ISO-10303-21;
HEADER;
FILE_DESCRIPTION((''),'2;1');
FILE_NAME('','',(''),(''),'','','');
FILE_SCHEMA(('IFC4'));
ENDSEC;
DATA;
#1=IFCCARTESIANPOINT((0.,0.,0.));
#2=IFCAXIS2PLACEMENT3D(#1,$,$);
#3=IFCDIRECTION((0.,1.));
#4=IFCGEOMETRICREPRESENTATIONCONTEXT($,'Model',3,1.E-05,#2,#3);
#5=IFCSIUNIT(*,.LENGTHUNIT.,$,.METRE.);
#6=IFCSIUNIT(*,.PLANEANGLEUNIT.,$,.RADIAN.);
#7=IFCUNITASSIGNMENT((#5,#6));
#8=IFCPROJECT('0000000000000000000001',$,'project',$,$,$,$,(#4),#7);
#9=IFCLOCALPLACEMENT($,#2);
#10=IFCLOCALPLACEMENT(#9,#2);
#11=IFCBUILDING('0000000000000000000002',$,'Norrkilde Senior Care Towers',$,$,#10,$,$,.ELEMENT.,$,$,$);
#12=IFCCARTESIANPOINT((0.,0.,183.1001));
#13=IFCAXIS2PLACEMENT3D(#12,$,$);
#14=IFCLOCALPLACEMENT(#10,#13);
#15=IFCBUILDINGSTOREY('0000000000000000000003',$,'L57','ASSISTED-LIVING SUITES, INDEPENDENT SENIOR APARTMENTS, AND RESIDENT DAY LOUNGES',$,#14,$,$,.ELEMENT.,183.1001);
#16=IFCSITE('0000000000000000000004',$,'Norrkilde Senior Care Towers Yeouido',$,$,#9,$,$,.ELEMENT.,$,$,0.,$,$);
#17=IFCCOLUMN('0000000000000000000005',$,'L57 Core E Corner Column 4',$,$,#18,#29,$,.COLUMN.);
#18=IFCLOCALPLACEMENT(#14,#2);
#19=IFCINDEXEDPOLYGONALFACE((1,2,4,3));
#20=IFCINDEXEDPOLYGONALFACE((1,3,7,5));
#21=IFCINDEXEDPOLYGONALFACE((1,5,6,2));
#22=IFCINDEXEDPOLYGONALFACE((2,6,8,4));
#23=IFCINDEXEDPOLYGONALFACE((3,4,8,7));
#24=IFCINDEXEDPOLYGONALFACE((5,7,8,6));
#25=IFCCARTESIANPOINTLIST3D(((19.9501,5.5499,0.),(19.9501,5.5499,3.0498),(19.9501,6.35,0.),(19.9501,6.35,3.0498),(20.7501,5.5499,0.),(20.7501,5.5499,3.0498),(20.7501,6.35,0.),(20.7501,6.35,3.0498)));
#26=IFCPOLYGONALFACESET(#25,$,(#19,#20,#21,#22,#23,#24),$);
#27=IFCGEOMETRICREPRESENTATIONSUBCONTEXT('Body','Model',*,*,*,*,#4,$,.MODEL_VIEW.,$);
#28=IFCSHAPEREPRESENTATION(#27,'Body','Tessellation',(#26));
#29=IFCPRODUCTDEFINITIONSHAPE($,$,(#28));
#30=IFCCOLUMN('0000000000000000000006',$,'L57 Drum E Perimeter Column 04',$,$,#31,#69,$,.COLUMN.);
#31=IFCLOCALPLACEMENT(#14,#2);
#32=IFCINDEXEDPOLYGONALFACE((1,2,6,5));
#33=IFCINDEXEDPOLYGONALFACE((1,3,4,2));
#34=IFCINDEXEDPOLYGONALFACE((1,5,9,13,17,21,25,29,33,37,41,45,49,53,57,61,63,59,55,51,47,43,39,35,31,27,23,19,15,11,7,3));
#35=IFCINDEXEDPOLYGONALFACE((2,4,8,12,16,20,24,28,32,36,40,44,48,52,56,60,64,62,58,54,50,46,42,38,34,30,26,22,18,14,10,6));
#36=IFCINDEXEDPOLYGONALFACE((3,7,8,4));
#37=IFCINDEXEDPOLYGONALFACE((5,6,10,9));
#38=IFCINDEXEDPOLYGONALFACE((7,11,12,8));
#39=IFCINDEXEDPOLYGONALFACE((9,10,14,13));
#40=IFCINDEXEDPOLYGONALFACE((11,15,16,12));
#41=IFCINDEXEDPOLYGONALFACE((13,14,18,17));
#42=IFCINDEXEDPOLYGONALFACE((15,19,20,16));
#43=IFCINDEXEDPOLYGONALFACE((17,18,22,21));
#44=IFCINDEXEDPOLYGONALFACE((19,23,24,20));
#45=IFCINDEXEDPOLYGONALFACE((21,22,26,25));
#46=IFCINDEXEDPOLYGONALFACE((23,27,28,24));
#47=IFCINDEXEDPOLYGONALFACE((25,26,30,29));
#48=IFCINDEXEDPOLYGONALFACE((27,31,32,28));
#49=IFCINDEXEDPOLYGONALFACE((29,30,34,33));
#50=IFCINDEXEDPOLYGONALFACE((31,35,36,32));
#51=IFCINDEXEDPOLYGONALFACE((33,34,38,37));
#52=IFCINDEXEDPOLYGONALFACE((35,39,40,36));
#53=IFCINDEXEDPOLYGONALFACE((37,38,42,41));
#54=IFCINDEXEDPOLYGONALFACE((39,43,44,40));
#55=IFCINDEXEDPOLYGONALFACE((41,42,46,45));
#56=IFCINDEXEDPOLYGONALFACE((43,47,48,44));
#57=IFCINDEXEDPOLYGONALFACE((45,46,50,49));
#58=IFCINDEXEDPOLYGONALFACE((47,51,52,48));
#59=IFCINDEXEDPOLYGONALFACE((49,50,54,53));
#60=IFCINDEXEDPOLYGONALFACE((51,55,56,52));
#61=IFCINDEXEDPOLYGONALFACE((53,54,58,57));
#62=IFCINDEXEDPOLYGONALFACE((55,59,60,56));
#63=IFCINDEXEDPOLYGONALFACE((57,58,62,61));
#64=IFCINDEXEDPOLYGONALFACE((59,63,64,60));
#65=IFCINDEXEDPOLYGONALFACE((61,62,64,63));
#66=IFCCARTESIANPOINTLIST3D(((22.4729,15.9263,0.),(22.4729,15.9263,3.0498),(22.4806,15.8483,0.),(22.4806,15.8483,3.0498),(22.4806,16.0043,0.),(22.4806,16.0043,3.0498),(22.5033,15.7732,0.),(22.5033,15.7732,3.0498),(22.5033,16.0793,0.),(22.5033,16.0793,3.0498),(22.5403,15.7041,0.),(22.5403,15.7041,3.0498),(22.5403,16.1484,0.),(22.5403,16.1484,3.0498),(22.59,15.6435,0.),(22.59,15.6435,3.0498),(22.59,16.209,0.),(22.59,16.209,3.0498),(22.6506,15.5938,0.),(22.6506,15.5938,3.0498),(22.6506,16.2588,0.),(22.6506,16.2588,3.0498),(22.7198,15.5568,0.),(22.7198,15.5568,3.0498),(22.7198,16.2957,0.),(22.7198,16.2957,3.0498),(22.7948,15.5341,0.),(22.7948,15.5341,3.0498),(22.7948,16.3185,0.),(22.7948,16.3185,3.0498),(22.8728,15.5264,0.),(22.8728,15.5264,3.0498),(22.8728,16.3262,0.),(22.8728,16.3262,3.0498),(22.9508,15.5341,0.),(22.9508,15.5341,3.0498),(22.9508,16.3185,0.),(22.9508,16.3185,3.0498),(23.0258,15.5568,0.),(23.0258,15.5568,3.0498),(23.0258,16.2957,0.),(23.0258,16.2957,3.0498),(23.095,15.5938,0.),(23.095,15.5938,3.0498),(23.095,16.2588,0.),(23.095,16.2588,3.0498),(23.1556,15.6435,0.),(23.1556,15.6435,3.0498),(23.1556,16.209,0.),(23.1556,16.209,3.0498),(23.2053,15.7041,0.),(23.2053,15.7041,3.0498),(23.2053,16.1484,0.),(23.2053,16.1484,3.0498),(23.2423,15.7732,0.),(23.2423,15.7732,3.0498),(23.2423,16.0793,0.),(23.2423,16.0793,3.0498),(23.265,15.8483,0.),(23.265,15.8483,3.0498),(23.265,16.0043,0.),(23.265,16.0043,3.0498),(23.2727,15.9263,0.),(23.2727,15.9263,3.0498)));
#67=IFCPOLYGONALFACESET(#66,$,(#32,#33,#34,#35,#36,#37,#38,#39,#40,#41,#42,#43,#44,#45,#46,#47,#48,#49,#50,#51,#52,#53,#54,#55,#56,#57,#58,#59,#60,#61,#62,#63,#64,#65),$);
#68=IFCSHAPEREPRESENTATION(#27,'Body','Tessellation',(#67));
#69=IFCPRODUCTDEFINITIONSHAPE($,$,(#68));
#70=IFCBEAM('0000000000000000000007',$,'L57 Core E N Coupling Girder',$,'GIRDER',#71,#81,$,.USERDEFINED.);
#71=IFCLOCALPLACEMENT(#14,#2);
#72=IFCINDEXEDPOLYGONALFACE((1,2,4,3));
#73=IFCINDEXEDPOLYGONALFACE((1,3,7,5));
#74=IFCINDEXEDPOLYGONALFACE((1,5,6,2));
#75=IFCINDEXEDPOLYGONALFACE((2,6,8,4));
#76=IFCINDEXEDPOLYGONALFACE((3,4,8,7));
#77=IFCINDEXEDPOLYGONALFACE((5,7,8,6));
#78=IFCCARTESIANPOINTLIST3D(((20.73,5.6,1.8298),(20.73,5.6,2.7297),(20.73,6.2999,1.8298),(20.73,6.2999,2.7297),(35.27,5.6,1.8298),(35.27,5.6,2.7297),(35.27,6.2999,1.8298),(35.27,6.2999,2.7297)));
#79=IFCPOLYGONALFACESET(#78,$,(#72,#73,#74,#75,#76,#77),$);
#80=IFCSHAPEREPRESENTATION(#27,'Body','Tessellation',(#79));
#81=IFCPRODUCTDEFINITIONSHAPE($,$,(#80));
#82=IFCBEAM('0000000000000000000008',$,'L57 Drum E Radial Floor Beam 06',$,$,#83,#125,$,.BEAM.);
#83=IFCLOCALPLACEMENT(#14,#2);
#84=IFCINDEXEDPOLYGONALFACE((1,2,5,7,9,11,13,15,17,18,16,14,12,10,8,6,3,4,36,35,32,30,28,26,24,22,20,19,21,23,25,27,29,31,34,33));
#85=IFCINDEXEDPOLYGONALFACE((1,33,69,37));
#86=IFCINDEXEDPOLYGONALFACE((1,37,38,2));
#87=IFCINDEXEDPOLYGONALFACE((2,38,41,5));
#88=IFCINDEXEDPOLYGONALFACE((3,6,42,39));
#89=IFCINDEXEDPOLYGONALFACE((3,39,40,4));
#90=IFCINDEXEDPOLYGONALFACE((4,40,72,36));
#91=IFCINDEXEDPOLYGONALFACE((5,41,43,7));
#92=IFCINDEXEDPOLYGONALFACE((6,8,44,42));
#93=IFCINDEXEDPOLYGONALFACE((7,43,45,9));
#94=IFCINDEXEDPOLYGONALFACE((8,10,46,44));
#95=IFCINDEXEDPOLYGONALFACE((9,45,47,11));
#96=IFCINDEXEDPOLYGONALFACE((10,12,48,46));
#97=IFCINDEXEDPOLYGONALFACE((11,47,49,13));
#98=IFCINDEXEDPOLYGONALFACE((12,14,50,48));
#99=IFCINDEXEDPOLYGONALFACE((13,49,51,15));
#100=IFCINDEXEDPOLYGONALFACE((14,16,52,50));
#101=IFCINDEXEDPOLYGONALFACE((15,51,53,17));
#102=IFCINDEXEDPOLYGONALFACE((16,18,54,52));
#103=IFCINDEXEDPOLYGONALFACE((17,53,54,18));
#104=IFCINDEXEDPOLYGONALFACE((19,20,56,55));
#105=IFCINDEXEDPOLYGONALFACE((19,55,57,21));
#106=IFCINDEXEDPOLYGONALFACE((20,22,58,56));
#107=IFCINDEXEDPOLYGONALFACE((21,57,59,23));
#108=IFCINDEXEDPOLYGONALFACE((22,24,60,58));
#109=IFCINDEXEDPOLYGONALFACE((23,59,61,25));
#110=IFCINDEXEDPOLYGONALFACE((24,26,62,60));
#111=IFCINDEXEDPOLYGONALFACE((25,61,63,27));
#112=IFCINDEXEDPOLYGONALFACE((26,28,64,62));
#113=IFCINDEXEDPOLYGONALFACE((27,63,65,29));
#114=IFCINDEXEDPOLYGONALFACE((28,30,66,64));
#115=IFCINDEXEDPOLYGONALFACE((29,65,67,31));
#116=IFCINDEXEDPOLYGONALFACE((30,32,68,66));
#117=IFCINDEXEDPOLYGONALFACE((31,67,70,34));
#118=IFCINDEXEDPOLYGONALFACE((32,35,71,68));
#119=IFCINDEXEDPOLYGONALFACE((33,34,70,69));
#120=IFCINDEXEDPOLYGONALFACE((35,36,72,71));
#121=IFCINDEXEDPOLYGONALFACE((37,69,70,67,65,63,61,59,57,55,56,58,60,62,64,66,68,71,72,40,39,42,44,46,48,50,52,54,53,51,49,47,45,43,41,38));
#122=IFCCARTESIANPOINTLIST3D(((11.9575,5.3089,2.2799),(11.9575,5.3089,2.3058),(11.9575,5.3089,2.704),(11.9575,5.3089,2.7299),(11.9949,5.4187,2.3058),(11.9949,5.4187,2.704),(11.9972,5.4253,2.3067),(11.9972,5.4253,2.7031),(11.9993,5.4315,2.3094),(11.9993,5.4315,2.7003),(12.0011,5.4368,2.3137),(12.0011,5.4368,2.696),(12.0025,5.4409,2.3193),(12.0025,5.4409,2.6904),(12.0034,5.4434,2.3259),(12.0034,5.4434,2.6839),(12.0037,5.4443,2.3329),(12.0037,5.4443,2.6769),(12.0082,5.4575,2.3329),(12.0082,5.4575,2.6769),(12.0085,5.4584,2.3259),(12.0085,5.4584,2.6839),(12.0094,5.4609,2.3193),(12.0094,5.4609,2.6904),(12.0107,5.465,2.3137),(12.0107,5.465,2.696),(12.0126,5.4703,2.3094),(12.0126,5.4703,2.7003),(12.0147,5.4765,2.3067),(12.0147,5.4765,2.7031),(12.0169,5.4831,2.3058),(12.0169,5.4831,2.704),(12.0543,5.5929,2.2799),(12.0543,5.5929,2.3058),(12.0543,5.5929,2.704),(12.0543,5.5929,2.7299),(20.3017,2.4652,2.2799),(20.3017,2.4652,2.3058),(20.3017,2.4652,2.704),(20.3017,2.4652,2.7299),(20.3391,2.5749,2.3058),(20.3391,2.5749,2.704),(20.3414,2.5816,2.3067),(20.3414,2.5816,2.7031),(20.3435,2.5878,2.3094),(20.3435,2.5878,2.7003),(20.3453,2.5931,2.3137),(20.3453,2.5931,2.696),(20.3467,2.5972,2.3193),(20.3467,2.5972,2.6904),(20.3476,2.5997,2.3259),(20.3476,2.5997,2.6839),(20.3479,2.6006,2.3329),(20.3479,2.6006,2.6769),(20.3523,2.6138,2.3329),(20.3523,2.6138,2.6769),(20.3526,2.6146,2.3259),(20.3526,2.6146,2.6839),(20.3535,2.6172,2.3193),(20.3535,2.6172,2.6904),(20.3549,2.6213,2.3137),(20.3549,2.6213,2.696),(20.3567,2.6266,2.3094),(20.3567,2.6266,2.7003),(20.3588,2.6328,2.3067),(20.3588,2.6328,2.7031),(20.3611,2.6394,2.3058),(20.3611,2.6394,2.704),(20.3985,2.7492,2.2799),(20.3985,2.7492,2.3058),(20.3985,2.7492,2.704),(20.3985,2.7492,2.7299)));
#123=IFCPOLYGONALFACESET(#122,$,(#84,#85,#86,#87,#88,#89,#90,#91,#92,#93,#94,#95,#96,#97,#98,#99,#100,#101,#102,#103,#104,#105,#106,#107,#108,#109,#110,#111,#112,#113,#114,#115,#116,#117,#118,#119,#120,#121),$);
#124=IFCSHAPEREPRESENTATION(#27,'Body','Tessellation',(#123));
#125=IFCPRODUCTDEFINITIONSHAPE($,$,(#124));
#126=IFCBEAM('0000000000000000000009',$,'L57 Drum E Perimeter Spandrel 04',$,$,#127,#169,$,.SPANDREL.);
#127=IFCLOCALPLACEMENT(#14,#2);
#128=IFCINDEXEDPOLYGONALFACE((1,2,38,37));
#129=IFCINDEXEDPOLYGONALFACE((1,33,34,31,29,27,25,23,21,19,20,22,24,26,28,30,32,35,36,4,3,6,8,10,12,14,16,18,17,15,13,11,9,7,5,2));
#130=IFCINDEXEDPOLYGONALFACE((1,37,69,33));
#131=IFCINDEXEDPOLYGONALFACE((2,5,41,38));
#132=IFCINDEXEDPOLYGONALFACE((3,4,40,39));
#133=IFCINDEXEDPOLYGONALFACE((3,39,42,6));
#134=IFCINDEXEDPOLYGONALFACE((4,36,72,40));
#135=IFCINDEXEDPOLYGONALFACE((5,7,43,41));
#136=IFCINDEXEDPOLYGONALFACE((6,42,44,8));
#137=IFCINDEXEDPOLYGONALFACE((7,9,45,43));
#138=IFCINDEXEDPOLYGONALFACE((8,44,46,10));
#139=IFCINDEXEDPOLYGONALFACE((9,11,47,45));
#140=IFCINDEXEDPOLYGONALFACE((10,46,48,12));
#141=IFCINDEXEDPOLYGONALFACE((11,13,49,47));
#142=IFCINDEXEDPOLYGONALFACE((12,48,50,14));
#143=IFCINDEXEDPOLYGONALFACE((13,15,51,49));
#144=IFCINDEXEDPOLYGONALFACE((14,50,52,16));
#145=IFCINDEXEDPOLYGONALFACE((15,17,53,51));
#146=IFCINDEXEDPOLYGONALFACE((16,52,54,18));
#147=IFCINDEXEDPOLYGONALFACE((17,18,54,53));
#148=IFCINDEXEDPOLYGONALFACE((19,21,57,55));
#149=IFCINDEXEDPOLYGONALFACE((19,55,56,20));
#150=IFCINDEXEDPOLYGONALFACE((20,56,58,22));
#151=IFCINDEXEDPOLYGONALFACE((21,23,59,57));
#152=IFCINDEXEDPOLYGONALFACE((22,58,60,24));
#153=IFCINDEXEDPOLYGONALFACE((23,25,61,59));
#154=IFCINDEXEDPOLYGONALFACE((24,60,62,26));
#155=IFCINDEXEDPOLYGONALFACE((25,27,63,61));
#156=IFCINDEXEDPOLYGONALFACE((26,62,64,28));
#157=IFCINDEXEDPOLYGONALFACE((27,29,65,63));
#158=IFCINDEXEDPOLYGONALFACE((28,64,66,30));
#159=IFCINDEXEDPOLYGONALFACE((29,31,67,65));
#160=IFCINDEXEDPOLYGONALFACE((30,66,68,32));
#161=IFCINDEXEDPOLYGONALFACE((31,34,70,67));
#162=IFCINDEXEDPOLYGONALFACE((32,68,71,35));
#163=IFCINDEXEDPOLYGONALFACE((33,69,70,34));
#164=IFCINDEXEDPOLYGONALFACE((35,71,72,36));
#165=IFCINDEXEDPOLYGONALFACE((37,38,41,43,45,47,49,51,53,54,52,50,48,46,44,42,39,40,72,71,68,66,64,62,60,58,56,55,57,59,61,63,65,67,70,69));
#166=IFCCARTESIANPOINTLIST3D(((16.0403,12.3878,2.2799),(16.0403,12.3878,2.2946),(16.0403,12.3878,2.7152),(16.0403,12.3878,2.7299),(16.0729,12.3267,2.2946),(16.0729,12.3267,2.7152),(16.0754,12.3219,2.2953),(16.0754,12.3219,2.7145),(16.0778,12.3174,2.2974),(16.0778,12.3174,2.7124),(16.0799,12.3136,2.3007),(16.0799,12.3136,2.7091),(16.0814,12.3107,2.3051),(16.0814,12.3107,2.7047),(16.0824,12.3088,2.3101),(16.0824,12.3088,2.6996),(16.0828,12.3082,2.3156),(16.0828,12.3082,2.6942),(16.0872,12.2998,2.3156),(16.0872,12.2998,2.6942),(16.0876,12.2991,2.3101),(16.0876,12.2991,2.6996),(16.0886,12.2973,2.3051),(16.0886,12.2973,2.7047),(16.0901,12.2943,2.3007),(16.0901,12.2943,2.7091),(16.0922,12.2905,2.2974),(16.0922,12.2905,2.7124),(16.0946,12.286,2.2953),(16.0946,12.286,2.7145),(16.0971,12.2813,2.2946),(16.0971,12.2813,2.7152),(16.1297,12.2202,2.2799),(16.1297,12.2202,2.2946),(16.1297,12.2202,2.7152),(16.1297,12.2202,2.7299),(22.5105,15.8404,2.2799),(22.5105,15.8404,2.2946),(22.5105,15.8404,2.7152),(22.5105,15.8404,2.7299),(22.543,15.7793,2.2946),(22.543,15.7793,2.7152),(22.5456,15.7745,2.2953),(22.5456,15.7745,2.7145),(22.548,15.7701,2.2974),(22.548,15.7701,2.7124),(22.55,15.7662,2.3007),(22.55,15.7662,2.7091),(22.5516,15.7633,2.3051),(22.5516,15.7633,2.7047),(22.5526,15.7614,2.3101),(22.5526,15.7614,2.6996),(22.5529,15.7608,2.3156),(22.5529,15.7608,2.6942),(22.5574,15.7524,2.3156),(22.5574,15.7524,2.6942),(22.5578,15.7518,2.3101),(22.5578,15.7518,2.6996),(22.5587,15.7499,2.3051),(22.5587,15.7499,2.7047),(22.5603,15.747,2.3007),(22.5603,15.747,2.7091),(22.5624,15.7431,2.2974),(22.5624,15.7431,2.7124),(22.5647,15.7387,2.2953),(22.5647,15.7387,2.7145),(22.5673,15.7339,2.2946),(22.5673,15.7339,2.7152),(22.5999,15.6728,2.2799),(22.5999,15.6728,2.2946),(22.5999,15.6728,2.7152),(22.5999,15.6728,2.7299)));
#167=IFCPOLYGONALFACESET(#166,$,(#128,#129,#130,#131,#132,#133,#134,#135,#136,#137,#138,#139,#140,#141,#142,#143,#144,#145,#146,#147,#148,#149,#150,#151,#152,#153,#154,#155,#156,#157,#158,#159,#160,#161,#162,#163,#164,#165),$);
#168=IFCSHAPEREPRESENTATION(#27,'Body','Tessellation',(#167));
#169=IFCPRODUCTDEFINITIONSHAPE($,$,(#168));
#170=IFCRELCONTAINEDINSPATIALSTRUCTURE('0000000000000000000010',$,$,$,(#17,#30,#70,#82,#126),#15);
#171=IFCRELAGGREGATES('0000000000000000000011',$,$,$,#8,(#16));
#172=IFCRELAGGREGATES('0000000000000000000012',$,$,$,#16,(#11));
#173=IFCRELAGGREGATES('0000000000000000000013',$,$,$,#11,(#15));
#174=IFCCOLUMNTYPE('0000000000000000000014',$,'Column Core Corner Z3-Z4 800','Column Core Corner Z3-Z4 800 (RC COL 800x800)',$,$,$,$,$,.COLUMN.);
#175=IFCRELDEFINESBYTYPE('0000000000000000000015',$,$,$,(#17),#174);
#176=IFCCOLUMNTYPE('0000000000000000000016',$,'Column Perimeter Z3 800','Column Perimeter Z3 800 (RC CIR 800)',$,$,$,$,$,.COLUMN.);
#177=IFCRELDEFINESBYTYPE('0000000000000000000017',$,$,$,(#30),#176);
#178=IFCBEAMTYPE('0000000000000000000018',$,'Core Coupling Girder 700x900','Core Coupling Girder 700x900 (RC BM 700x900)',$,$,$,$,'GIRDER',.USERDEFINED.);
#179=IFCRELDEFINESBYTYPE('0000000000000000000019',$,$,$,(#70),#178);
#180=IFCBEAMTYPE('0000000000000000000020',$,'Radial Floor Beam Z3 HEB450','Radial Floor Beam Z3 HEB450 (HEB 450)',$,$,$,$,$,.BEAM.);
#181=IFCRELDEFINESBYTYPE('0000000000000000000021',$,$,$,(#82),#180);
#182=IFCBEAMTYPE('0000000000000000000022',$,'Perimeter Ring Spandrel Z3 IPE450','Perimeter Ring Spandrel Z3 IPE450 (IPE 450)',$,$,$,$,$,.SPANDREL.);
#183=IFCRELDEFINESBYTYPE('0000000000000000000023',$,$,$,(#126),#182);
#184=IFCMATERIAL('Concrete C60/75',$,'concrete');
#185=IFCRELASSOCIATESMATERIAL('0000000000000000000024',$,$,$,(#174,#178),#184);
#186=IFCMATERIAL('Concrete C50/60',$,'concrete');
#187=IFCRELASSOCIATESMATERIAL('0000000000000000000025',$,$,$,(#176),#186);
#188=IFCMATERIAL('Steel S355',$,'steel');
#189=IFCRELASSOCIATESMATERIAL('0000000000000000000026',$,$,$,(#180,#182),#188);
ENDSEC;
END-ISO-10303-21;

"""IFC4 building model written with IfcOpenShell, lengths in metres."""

from ifc_helpers import new_model, si_unit, direction, frame, origin, origin_2d, place, context, subcontext, project, spatial, rectangle, circle, i_section, extrude, source, transform, mapped, material, material_profile, profile_set, type_object, type_shapes, element, save


model = new_model("IFC4")

# Units and contexts
model_context = context("Model", 3, precision=1e-05, world=origin(), true_north=direction((0.0, 1.0)))
body_context = subcontext(model_context, "Body", "Model", "MODEL_VIEW")
ifc_project = project(units=[si_unit("LENGTHUNIT", "METRE"), si_unit("PLANEANGLEUNIT", "RADIAN")], contexts=[model_context])

# Site, building, storey
site_placement = place(None, origin())
site = spatial("IfcSite", under=ifc_project, at=site_placement, Name="Norrkilde Senior Care Towers Yeouido", CompositionType="ELEMENT", RefElevation=0.0)
building_placement = place(site_placement, origin())
building = spatial("IfcBuilding", under=site, at=building_placement, Name="Norrkilde Senior Care Towers", CompositionType="ELEMENT")
storey_placement = place(building_placement, frame((0.0, 0.0, 183.1001)))
storey = spatial("IfcBuildingStorey", under=building, at=storey_placement, Name="L57", Description="ASSISTED-LIVING SUITES, INDEPENDENT SENIOR APARTMENTS, AND RESIDENT DAY LOUNGES", CompositionType="ELEMENT", Elevation=183.1001)

# Columns
ifc_material_1 = material(Name="Concrete C60/75", Category="concrete")
ifc_material_profile_1 = material_profile(ifc_material_1, rectangle(XDim=0.8, YDim=0.8, at=origin_2d()), Name="RC COL 800x800")
ifc_profile_set_1 = profile_set([ifc_material_profile_1], Name="Concrete C60/75")
column_type_1 = type_object("IfcColumnType", Name="Column Core Corner Z3-Z4 800", Description="Column Core Corner Z3-Z4 800 (RC COL 800x800)", PredefinedType="COLUMN", material=ifc_profile_set_1)
shared_shape_1 = source(origin(), body_context, "Body", "SweptSolid", [
    extrude(rectangle(XDim=0.8, YDim=0.8, at=origin_2d()), origin(), (0.0, 0.0, 1.0), 3.0498),
])
type_shapes(column_type_1, [shared_shape_1])
column_1_placement = place(storey_placement, frame((20.3501, 5.95, 0.0), z_axis=(0.0, 0.0, 1.0), x_axis=(1.0, 0.0, 0.0)))
element("IfcColumn", 1, at=column_1_placement, inside=storey, type_object=column_type_1, Name="L57 Core E Corner Column 4", PredefinedType="COLUMN", context=body_context, shape_type="MappedRepresentation", body=[
    mapped(shared_shape_1, transform((0.0, 0.0, 0.0), x_axis=(1.0, 0.0, 0.0), y_axis=(0.0, 1.0, 0.0), z_axis=(0.0, 0.0, 1.0), scale=1.0)),
])
ifc_material_2 = material(Name="Concrete C50/60", Category="concrete")
ifc_material_profile_2 = material_profile(ifc_material_2, circle(Radius=0.3999, at=origin_2d()), Name="RC CIR 800")
ifc_profile_set_2 = profile_set([ifc_material_profile_2], Name="Concrete C50/60")
column_type_2 = type_object("IfcColumnType", Name="Column Perimeter Z3 800", Description="Column Perimeter Z3 800 (RC CIR 800)", PredefinedType="COLUMN", material=ifc_profile_set_2)
shared_shape_2 = source(origin(), body_context, "Body", "SweptSolid", [
    extrude(circle(Radius=0.3999, at=origin_2d()), origin(), (0.0, 0.0, 1.0), 3.0498),
])
type_shapes(column_type_2, [shared_shape_2])
column_2_placement = place(storey_placement, frame((22.8728, 15.9263, 0.0), z_axis=(0.0, 0.0, 1.0), x_axis=(1.0, 0.0, 0.0)))
element("IfcColumn", 2, at=column_2_placement, inside=storey, type_object=column_type_2, Name="L57 Drum E Perimeter Column 04", PredefinedType="COLUMN", context=body_context, shape_type="MappedRepresentation", body=[
    mapped(shared_shape_2, transform((0.0, 0.0, 0.0), x_axis=(1.0, 0.0, 0.0), y_axis=(0.0, 1.0, 0.0), z_axis=(0.0, 0.0, 1.0), scale=1.0)),
])

# Beams
ifc_material_profile_3 = material_profile(ifc_material_1, rectangle(XDim=0.7, YDim=0.8999, at=origin_2d()), Name="RC BM 700x900")
ifc_profile_set_3 = profile_set([ifc_material_profile_3], Name="Concrete C60/75")
beam_type_1 = type_object("IfcBeamType", Name="Core Coupling Girder 700x900", Description="Core Coupling Girder 700x900 (RC BM 700x900)", ElementType="GIRDER", PredefinedType="USERDEFINED", material=ifc_profile_set_3)
shared_shape_3 = source(origin(), body_context, "Body", "SweptSolid", [
    extrude(rectangle(XDim=0.7, YDim=0.8999, at=origin_2d()), origin(), (0.0, 0.0, 1.0), 14.54),
])
type_shapes(beam_type_1, [shared_shape_3])
beam_1_placement = place(storey_placement, frame((20.73, 5.95, 2.2798), z_axis=(1.0, 0.0, 0.0), x_axis=(0.0, 1.0, 0.0)))
element("IfcBeam", 3, at=beam_1_placement, inside=storey, type_object=beam_type_1, Name="L57 Core E N Coupling Girder", ObjectType="GIRDER", PredefinedType="USERDEFINED", context=body_context, shape_type="MappedRepresentation", body=[
    mapped(shared_shape_3, transform((0.0, 0.0, 0.0), x_axis=(1.0, 0.0, 0.0), y_axis=(0.0, 1.0, 0.0), z_axis=(0.0, 0.0, 1.0), scale=1.0)),
])
ifc_material_3 = material(Name="Steel S355", Category="steel")
ifc_material_profile_4 = material_profile(ifc_material_3, i_section(OverallWidth=0.3, OverallDepth=0.45, WebThickness=0.0139, FlangeThickness=0.0259, FilletRadius=0.0271, at=origin_2d()), Name="HEB 450")
ifc_profile_set_4 = profile_set([ifc_material_profile_4], Name="Steel S355")
beam_type_2 = type_object("IfcBeamType", Name="Radial Floor Beam Z3 HEB450", Description="Radial Floor Beam Z3 HEB450 (HEB 450)", PredefinedType="BEAM", material=ifc_profile_set_4)
shared_shape_4 = source(origin(), body_context, "Body", "SweptSolid", [
    extrude(i_section(OverallWidth=0.3, OverallDepth=0.45, WebThickness=0.0139, FlangeThickness=0.0259, FilletRadius=0.0271, at=origin_2d()), origin(), (0.0, 0.0, 1.0), 8.8154),
])
beam_2_placement = place(storey_placement, frame((20.3501, 2.6072, 2.5049), z_axis=(-0.946541, 0.322585, 0.0), x_axis=(-0.322585, -0.946541, 0.0)))
element("IfcBeam", 4, at=beam_2_placement, inside=storey, type_object=beam_type_2, Name="L57 Drum E Radial Floor Beam 06", PredefinedType="BEAM", context=body_context, shape_type="MappedRepresentation", body=[
    mapped(shared_shape_4, transform((0.0, 0.0, 0.0), x_axis=(1.0, 0.0, 0.0), y_axis=(0.0, 1.0, 0.0), z_axis=(0.0, 0.0, 1.0), scale=1.0)),
])
ifc_material_profile_5 = material_profile(ifc_material_3, i_section(OverallWidth=0.1899, OverallDepth=0.45, WebThickness=0.0095, FlangeThickness=0.0146, FilletRadius=0.021, at=origin_2d()), Name="IPE 450")
ifc_profile_set_5 = profile_set([ifc_material_profile_5], Name="Steel S355")
beam_type_3 = type_object("IfcBeamType", Name="Perimeter Ring Spandrel Z3 IPE450", Description="Perimeter Ring Spandrel Z3 IPE450 (IPE 450)", PredefinedType="SPANDREL", material=ifc_profile_set_5)
shared_shape_5 = source(origin(), body_context, "Body", "SweptSolid", [
    extrude(i_section(OverallWidth=0.1899, OverallDepth=0.45, WebThickness=0.0095, FlangeThickness=0.0146, FilletRadius=0.021, at=origin_2d()), origin(), (0.0, 0.0, 1.0), 7.3337),
])
type_shapes(beam_type_3, [shared_shape_5])
beam_3_placement = place(storey_placement, frame((22.5552, 15.7566, 2.5049), z_axis=(-0.882248, -0.470785, 0.0), x_axis=(0.470785, -0.882248, 0.0)))
element("IfcBeam", 5, at=beam_3_placement, inside=storey, type_object=beam_type_3, Name="L57 Drum E Perimeter Spandrel 04", PredefinedType="SPANDREL", context=body_context, shape_type="MappedRepresentation", body=[
    mapped(shared_shape_5, transform((0.0, 0.0, 0.0), x_axis=(1.0, 0.0, 0.0), y_axis=(0.0, 1.0, 0.0), z_axis=(0.0, 0.0, 1.0), scale=1.0)),
])

save(model, "model.ifc")
